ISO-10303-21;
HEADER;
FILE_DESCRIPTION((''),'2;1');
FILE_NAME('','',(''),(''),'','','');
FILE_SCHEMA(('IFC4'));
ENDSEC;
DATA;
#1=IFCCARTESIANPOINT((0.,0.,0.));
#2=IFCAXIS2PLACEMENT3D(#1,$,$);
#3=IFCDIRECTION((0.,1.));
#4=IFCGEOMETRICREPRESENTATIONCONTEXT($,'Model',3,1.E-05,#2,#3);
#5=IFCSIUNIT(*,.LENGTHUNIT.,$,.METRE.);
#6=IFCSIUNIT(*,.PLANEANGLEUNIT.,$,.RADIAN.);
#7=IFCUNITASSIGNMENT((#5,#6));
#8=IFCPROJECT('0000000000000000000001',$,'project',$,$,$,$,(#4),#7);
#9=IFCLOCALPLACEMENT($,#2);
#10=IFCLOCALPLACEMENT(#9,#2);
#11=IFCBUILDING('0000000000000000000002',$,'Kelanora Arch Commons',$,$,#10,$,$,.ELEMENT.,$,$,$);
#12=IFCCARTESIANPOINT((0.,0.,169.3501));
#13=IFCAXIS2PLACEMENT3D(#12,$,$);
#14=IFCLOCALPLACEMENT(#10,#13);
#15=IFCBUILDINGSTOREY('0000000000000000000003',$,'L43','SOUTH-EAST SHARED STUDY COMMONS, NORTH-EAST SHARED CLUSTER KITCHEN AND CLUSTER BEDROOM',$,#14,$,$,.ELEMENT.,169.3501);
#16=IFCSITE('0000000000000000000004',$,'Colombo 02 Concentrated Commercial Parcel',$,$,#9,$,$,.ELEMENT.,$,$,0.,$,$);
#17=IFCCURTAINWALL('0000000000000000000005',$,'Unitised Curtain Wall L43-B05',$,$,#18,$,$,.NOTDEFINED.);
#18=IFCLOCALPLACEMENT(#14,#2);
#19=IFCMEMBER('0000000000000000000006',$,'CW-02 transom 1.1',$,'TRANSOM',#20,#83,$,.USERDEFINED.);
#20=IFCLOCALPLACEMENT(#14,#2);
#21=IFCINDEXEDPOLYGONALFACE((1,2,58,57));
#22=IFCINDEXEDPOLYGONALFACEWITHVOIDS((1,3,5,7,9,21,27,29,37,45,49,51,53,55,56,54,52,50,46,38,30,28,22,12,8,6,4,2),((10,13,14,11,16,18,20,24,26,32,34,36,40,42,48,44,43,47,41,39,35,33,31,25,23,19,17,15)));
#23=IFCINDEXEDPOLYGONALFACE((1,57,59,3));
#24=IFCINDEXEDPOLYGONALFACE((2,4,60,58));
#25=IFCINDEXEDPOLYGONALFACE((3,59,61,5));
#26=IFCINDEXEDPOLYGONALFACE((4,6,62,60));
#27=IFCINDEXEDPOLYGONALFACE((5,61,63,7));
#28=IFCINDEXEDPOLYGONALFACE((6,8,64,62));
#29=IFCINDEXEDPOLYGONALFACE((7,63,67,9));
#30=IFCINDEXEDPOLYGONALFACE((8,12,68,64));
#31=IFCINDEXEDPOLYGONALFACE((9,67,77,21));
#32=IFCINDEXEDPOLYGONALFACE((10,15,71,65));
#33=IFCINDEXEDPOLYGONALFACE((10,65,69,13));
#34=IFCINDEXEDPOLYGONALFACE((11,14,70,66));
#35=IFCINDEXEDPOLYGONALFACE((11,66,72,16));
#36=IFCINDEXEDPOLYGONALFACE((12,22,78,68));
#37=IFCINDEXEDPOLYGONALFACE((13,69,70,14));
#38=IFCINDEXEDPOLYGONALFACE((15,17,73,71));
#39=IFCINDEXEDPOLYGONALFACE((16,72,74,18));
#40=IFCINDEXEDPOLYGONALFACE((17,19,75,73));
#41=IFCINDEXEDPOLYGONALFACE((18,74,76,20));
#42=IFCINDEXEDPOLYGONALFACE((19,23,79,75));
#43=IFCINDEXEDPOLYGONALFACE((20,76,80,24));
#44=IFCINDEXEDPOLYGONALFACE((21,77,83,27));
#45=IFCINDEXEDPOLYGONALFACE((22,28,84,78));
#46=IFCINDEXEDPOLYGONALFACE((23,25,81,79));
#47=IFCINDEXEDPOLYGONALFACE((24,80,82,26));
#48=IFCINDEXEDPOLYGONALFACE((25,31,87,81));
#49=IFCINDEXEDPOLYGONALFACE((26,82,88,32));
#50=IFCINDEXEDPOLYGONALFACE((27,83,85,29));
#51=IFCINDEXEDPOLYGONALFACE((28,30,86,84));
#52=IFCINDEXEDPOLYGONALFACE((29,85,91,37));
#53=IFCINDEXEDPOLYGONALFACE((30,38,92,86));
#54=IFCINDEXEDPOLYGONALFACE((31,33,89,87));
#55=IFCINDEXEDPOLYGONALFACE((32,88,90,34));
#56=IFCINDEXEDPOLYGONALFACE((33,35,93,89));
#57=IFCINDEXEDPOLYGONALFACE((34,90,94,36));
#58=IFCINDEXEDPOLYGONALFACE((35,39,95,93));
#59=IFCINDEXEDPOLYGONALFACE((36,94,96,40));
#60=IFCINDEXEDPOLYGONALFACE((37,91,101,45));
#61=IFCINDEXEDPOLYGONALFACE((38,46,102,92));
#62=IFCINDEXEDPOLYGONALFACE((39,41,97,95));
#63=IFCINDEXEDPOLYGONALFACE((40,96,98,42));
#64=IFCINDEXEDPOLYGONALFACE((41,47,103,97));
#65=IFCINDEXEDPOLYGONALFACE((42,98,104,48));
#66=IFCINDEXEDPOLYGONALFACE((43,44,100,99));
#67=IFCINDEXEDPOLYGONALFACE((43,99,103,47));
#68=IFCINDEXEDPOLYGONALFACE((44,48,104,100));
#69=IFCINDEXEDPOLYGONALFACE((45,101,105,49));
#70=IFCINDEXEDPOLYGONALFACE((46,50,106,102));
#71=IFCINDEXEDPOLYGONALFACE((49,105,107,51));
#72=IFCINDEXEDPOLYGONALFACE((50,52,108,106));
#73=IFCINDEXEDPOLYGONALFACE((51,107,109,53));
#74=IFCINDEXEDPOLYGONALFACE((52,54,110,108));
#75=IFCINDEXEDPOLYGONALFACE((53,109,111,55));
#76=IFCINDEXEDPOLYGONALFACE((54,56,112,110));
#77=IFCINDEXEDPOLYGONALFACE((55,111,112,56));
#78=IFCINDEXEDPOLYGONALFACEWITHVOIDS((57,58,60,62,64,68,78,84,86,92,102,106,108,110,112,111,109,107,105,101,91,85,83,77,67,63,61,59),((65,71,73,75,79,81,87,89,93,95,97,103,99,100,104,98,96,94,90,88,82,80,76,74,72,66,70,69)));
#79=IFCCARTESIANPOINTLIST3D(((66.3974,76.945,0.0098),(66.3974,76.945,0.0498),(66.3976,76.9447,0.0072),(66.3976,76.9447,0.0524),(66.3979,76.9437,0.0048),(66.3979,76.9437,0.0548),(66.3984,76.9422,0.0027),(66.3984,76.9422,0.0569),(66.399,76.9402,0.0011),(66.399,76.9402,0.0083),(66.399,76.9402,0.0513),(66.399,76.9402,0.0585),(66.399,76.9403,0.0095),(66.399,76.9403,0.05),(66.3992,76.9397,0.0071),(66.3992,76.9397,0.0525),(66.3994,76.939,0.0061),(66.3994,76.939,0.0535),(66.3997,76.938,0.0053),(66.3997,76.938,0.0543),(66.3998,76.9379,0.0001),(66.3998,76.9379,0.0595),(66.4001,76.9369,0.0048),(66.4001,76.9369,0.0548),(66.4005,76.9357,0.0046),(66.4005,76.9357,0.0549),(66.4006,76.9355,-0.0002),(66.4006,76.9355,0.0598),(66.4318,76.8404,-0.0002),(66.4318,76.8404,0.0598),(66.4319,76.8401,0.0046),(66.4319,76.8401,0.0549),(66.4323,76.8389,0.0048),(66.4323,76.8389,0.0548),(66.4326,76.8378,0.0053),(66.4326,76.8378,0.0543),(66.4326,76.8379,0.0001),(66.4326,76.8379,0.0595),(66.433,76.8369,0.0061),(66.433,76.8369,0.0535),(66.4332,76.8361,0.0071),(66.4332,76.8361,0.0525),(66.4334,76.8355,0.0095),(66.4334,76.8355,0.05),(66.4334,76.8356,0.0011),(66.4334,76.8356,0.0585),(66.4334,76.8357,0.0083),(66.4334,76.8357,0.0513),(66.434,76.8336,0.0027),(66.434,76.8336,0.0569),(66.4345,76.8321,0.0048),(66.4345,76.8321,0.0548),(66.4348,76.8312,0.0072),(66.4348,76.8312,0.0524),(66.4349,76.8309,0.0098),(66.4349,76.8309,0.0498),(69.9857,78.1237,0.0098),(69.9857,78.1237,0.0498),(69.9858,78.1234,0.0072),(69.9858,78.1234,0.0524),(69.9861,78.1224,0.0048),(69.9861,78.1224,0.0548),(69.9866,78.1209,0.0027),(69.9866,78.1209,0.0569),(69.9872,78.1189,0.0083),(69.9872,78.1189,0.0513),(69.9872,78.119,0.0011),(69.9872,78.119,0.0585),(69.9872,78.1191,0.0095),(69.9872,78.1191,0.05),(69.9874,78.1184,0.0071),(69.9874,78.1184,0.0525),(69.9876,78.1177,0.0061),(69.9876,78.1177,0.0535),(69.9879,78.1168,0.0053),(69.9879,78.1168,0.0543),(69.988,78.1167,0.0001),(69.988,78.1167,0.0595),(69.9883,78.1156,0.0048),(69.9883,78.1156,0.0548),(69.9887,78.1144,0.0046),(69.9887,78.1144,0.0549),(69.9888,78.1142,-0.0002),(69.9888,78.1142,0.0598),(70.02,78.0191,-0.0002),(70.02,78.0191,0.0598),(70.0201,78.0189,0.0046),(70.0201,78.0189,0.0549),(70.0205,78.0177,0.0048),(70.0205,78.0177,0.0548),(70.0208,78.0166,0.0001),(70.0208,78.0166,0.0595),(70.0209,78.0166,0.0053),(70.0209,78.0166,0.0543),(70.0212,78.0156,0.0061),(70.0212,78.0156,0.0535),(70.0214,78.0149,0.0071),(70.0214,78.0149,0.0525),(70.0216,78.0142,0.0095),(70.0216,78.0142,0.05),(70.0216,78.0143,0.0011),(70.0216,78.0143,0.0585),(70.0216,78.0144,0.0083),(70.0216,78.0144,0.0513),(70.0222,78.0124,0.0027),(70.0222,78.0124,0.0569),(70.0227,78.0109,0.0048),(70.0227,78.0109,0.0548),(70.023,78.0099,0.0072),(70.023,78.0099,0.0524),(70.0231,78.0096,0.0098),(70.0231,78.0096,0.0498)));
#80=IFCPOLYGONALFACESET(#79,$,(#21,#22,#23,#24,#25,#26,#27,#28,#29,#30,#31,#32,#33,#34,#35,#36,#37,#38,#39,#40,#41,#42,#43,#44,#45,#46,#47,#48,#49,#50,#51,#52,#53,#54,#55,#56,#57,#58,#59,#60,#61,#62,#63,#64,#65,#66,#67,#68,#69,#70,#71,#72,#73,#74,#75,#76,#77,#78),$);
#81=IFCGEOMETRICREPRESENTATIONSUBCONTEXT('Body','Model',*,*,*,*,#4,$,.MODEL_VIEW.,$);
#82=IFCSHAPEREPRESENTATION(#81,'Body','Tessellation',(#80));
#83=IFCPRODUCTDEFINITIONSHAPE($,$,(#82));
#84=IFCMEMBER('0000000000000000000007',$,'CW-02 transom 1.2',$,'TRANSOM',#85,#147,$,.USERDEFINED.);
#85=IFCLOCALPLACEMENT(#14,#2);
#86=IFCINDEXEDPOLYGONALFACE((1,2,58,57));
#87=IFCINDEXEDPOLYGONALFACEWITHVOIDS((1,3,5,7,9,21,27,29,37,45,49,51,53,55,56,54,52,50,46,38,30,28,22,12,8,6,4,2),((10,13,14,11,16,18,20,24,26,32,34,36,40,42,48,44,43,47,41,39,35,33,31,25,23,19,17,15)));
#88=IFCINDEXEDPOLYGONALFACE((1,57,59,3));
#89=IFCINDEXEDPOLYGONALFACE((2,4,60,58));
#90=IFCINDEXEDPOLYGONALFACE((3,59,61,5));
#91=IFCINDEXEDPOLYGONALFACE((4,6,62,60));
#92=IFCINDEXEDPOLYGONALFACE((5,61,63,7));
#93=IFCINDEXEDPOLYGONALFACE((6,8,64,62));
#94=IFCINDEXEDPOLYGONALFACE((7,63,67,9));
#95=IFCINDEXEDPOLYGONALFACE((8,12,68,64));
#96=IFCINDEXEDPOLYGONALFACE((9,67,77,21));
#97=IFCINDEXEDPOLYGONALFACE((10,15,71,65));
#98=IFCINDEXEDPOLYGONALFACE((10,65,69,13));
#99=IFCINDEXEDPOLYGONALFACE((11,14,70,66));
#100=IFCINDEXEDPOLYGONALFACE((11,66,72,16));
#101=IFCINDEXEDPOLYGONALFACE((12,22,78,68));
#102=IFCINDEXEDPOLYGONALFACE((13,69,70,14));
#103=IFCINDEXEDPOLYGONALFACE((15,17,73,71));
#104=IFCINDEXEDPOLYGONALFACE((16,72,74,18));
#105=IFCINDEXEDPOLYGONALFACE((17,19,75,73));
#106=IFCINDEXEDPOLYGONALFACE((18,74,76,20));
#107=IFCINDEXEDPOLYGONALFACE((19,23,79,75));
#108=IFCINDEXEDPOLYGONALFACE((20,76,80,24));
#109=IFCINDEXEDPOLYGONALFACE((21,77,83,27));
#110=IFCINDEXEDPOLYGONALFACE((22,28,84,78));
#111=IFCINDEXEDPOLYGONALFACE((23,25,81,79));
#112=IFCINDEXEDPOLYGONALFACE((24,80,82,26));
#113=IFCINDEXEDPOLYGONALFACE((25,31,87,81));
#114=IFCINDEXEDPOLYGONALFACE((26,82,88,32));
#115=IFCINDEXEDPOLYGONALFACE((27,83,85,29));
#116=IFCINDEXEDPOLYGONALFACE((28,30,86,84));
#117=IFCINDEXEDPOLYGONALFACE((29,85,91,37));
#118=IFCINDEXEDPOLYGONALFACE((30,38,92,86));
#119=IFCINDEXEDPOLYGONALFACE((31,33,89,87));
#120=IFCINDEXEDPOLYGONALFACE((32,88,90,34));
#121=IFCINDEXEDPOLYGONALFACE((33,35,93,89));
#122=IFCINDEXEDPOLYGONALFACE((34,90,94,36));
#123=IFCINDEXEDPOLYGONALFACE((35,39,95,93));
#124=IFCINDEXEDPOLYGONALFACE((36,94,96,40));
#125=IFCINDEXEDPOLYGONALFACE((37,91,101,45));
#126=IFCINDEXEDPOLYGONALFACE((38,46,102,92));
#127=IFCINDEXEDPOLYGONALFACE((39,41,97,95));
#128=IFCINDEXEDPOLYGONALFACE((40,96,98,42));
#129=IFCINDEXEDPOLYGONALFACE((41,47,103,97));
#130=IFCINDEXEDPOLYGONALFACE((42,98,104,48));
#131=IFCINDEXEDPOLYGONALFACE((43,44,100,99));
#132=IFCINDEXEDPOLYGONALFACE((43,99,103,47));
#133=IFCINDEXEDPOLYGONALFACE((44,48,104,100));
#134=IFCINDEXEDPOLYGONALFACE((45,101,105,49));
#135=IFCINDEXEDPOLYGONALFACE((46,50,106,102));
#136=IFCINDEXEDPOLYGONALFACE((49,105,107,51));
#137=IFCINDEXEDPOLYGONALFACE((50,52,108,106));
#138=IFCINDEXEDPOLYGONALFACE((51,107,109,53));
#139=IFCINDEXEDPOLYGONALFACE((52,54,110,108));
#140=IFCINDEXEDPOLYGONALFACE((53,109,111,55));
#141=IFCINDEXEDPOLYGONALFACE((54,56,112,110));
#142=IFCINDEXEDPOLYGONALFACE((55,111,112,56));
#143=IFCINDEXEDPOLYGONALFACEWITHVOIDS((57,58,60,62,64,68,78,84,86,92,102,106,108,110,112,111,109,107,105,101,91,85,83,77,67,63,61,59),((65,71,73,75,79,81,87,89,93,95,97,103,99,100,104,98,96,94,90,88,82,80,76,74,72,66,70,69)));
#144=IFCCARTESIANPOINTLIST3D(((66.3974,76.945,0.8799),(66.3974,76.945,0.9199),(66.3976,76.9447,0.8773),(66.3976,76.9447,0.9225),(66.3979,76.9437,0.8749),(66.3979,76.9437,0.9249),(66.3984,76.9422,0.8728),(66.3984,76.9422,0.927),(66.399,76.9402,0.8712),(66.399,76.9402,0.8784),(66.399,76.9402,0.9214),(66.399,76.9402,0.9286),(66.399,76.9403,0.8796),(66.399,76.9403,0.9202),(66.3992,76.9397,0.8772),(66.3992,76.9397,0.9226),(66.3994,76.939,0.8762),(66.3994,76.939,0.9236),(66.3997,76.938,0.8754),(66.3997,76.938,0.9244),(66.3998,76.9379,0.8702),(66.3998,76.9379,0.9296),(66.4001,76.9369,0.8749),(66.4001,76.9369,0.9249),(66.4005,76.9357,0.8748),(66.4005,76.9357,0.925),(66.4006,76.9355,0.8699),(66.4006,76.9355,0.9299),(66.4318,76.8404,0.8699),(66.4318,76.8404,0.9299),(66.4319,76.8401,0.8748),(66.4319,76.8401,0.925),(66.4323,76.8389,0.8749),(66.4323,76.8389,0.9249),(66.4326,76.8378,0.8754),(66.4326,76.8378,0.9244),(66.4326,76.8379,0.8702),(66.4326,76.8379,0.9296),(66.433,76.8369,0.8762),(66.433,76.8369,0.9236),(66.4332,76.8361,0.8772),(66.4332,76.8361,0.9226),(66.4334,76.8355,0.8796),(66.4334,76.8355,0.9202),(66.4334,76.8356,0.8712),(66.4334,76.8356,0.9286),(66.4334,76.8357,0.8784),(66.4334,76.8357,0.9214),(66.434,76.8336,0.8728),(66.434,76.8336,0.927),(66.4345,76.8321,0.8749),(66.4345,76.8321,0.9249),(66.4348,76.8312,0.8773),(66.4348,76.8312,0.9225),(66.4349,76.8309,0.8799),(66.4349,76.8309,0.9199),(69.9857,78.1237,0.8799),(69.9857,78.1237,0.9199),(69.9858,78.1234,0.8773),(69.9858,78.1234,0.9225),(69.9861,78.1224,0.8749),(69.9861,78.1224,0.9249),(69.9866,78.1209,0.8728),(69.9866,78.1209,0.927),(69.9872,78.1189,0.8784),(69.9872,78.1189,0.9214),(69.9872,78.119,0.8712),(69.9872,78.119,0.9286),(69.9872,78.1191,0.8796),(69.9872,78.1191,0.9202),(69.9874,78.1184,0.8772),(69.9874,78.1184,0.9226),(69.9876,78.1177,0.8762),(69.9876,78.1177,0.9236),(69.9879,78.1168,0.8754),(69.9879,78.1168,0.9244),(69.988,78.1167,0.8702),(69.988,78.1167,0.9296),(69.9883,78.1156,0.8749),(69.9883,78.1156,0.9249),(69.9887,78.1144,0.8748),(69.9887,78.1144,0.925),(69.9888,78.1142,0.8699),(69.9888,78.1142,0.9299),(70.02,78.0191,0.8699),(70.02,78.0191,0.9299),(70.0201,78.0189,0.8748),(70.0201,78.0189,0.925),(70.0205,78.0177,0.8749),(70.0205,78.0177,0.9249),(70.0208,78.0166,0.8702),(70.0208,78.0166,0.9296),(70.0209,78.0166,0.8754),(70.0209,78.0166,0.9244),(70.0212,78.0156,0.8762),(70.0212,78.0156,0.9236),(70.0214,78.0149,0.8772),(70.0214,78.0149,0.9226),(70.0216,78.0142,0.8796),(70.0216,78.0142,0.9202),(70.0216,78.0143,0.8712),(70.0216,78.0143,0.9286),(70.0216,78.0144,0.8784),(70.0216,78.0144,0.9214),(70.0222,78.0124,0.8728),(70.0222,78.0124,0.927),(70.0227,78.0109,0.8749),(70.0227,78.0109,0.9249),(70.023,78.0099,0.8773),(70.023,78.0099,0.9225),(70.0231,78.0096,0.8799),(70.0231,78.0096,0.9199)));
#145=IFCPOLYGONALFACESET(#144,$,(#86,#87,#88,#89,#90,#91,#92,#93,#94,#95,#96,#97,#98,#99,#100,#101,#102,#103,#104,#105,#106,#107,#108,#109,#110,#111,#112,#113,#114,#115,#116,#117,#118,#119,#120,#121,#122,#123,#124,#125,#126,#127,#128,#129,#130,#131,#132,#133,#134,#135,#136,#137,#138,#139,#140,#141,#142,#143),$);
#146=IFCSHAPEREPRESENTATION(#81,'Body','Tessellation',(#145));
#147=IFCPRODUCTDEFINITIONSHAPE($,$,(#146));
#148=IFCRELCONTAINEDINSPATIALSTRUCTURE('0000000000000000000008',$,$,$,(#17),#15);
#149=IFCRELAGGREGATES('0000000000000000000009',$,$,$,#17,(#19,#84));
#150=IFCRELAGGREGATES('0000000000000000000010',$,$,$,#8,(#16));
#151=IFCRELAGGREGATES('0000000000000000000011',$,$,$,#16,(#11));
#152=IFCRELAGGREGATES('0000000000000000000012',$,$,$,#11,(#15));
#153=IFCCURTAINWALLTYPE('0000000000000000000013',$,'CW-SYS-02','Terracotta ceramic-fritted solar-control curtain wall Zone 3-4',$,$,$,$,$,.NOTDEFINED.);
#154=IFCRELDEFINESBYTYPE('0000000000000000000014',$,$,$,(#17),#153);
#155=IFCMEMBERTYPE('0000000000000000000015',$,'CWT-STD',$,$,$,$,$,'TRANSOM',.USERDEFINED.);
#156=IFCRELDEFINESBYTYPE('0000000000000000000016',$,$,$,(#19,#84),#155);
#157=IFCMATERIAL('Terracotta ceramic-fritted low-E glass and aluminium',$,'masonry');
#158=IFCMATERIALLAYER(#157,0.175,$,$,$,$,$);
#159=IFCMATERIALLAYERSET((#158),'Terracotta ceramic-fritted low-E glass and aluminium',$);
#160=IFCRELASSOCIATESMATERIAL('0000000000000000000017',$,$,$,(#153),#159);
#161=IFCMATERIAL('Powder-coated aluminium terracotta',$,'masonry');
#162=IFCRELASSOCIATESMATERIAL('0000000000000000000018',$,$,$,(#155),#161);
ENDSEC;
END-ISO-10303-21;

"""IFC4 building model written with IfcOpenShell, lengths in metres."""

from ifc_helpers import new_model, si_unit, direction, frame, origin, origin_2d, place, context, subcontext, project, spatial, hollow_rectangle, extrude, material, layer, layer_set, material_profile, profile_set, type_object, element, aggregate, save


model = new_model("IFC4")

# Units and contexts
model_context = context("Model", 3, precision=1e-05, world=origin(), true_north=direction((0.0, 1.0)))
body_context = subcontext(model_context, "Body", "Model", "MODEL_VIEW")
ifc_project = project(units=[si_unit("LENGTHUNIT", "METRE"), si_unit("PLANEANGLEUNIT", "RADIAN")], contexts=[model_context])

# Site, building, storey
site_placement = place(None, origin())
site = spatial("IfcSite", under=ifc_project, at=site_placement, Name="Colombo 02 Concentrated Commercial Parcel", CompositionType="ELEMENT", RefElevation=0.0)
building_placement = place(site_placement, origin())
building = spatial("IfcBuilding", under=site, at=building_placement, Name="Kelanora Arch Commons", CompositionType="ELEMENT")
storey_placement = place(building_placement, frame((0.0, 0.0, 169.3501)))
storey = spatial("IfcBuildingStorey", under=building, at=storey_placement, Name="L43", Description="SOUTH-EAST SHARED STUDY COMMONS, NORTH-EAST SHARED CLUSTER KITCHEN AND CLUSTER BEDROOM", CompositionType="ELEMENT", Elevation=169.3501)

# Curtain wall, members
ifc_material_1 = material(Name="Terracotta ceramic-fritted low-E glass and aluminium", Category="masonry")
ifc_layer_1 = layer(ifc_material_1, 0.175)
ifc_layer_set_1 = layer_set([ifc_layer_1], Name="Terracotta ceramic-fritted low-E glass and aluminium")
curtain_wall_type = type_object("IfcCurtainWallType", Name="CW-SYS-02", Description="Terracotta ceramic-fritted solar-control curtain wall Zone 3-4", PredefinedType="NOTDEFINED", material=ifc_layer_set_1)
curtain_wall_placement = place(storey_placement, origin())
curtain_wall = element("IfcCurtainWall", 1, at=curtain_wall_placement, inside=storey, type_object=curtain_wall_type, Name="Unitised Curtain Wall L43-B05", PredefinedType="NOTDEFINED")
ifc_material_2 = material(Name="Powder-coated aluminium terracotta", Category="masonry")
ifc_material_profile_1 = material_profile(ifc_material_2, hollow_rectangle(XDim=0.1201, YDim=0.0601, WallThickness=0.0049, InnerFilletRadius=0.0049, OuterFilletRadius=0.01, at=origin_2d()), Name="CWT120x60")
ifc_profile_set_1 = profile_set([ifc_material_profile_1], Name="Powder-coated aluminium terracotta")
member_type_1 = type_object("IfcMemberType", Name="CWT-STD", ElementType="TRANSOM", PredefinedType="USERDEFINED", material=ifc_profile_set_1)
member_1_placement = place(storey_placement, frame((70.0044, 78.0667, 0.0298), z_axis=(-0.950051, -0.312094, 0.0), x_axis=(0.312094, -0.950051, 0.0)))
member_1 = element("IfcMember", 2, at=member_1_placement, type_object=member_type_1, Name="CW-02 transom 1.1", ObjectType="TRANSOM", PredefinedType="USERDEFINED", context=body_context, shape_type="SweptSolid", body=[
    extrude(hollow_rectangle(XDim=0.1201, YDim=0.0601, WallThickness=0.0049, InnerFilletRadius=0.0049, OuterFilletRadius=0.01, at=origin_2d()), origin(), (0.0, 0.0, 1.0), 3.7769),
])
member_2_placement = place(storey_placement, frame((70.0044, 78.0667, 0.8999), z_axis=(-0.950051, -0.312094, 0.0), x_axis=(0.312094, -0.950051, 0.0)))
member_2 = element("IfcMember", 3, at=member_2_placement, type_object=member_type_1, Name="CW-02 transom 1.2", ObjectType="TRANSOM", PredefinedType="USERDEFINED", context=body_context, shape_type="SweptSolid", body=[
    extrude(hollow_rectangle(XDim=0.1201, YDim=0.0601, WallThickness=0.0049, InnerFilletRadius=0.0049, OuterFilletRadius=0.01, at=origin_2d()), origin(), (0.0, 0.0, 1.0), 3.7769),
])
aggregate(curtain_wall, [member_1, member_2])

save(model, "model.ifc")
